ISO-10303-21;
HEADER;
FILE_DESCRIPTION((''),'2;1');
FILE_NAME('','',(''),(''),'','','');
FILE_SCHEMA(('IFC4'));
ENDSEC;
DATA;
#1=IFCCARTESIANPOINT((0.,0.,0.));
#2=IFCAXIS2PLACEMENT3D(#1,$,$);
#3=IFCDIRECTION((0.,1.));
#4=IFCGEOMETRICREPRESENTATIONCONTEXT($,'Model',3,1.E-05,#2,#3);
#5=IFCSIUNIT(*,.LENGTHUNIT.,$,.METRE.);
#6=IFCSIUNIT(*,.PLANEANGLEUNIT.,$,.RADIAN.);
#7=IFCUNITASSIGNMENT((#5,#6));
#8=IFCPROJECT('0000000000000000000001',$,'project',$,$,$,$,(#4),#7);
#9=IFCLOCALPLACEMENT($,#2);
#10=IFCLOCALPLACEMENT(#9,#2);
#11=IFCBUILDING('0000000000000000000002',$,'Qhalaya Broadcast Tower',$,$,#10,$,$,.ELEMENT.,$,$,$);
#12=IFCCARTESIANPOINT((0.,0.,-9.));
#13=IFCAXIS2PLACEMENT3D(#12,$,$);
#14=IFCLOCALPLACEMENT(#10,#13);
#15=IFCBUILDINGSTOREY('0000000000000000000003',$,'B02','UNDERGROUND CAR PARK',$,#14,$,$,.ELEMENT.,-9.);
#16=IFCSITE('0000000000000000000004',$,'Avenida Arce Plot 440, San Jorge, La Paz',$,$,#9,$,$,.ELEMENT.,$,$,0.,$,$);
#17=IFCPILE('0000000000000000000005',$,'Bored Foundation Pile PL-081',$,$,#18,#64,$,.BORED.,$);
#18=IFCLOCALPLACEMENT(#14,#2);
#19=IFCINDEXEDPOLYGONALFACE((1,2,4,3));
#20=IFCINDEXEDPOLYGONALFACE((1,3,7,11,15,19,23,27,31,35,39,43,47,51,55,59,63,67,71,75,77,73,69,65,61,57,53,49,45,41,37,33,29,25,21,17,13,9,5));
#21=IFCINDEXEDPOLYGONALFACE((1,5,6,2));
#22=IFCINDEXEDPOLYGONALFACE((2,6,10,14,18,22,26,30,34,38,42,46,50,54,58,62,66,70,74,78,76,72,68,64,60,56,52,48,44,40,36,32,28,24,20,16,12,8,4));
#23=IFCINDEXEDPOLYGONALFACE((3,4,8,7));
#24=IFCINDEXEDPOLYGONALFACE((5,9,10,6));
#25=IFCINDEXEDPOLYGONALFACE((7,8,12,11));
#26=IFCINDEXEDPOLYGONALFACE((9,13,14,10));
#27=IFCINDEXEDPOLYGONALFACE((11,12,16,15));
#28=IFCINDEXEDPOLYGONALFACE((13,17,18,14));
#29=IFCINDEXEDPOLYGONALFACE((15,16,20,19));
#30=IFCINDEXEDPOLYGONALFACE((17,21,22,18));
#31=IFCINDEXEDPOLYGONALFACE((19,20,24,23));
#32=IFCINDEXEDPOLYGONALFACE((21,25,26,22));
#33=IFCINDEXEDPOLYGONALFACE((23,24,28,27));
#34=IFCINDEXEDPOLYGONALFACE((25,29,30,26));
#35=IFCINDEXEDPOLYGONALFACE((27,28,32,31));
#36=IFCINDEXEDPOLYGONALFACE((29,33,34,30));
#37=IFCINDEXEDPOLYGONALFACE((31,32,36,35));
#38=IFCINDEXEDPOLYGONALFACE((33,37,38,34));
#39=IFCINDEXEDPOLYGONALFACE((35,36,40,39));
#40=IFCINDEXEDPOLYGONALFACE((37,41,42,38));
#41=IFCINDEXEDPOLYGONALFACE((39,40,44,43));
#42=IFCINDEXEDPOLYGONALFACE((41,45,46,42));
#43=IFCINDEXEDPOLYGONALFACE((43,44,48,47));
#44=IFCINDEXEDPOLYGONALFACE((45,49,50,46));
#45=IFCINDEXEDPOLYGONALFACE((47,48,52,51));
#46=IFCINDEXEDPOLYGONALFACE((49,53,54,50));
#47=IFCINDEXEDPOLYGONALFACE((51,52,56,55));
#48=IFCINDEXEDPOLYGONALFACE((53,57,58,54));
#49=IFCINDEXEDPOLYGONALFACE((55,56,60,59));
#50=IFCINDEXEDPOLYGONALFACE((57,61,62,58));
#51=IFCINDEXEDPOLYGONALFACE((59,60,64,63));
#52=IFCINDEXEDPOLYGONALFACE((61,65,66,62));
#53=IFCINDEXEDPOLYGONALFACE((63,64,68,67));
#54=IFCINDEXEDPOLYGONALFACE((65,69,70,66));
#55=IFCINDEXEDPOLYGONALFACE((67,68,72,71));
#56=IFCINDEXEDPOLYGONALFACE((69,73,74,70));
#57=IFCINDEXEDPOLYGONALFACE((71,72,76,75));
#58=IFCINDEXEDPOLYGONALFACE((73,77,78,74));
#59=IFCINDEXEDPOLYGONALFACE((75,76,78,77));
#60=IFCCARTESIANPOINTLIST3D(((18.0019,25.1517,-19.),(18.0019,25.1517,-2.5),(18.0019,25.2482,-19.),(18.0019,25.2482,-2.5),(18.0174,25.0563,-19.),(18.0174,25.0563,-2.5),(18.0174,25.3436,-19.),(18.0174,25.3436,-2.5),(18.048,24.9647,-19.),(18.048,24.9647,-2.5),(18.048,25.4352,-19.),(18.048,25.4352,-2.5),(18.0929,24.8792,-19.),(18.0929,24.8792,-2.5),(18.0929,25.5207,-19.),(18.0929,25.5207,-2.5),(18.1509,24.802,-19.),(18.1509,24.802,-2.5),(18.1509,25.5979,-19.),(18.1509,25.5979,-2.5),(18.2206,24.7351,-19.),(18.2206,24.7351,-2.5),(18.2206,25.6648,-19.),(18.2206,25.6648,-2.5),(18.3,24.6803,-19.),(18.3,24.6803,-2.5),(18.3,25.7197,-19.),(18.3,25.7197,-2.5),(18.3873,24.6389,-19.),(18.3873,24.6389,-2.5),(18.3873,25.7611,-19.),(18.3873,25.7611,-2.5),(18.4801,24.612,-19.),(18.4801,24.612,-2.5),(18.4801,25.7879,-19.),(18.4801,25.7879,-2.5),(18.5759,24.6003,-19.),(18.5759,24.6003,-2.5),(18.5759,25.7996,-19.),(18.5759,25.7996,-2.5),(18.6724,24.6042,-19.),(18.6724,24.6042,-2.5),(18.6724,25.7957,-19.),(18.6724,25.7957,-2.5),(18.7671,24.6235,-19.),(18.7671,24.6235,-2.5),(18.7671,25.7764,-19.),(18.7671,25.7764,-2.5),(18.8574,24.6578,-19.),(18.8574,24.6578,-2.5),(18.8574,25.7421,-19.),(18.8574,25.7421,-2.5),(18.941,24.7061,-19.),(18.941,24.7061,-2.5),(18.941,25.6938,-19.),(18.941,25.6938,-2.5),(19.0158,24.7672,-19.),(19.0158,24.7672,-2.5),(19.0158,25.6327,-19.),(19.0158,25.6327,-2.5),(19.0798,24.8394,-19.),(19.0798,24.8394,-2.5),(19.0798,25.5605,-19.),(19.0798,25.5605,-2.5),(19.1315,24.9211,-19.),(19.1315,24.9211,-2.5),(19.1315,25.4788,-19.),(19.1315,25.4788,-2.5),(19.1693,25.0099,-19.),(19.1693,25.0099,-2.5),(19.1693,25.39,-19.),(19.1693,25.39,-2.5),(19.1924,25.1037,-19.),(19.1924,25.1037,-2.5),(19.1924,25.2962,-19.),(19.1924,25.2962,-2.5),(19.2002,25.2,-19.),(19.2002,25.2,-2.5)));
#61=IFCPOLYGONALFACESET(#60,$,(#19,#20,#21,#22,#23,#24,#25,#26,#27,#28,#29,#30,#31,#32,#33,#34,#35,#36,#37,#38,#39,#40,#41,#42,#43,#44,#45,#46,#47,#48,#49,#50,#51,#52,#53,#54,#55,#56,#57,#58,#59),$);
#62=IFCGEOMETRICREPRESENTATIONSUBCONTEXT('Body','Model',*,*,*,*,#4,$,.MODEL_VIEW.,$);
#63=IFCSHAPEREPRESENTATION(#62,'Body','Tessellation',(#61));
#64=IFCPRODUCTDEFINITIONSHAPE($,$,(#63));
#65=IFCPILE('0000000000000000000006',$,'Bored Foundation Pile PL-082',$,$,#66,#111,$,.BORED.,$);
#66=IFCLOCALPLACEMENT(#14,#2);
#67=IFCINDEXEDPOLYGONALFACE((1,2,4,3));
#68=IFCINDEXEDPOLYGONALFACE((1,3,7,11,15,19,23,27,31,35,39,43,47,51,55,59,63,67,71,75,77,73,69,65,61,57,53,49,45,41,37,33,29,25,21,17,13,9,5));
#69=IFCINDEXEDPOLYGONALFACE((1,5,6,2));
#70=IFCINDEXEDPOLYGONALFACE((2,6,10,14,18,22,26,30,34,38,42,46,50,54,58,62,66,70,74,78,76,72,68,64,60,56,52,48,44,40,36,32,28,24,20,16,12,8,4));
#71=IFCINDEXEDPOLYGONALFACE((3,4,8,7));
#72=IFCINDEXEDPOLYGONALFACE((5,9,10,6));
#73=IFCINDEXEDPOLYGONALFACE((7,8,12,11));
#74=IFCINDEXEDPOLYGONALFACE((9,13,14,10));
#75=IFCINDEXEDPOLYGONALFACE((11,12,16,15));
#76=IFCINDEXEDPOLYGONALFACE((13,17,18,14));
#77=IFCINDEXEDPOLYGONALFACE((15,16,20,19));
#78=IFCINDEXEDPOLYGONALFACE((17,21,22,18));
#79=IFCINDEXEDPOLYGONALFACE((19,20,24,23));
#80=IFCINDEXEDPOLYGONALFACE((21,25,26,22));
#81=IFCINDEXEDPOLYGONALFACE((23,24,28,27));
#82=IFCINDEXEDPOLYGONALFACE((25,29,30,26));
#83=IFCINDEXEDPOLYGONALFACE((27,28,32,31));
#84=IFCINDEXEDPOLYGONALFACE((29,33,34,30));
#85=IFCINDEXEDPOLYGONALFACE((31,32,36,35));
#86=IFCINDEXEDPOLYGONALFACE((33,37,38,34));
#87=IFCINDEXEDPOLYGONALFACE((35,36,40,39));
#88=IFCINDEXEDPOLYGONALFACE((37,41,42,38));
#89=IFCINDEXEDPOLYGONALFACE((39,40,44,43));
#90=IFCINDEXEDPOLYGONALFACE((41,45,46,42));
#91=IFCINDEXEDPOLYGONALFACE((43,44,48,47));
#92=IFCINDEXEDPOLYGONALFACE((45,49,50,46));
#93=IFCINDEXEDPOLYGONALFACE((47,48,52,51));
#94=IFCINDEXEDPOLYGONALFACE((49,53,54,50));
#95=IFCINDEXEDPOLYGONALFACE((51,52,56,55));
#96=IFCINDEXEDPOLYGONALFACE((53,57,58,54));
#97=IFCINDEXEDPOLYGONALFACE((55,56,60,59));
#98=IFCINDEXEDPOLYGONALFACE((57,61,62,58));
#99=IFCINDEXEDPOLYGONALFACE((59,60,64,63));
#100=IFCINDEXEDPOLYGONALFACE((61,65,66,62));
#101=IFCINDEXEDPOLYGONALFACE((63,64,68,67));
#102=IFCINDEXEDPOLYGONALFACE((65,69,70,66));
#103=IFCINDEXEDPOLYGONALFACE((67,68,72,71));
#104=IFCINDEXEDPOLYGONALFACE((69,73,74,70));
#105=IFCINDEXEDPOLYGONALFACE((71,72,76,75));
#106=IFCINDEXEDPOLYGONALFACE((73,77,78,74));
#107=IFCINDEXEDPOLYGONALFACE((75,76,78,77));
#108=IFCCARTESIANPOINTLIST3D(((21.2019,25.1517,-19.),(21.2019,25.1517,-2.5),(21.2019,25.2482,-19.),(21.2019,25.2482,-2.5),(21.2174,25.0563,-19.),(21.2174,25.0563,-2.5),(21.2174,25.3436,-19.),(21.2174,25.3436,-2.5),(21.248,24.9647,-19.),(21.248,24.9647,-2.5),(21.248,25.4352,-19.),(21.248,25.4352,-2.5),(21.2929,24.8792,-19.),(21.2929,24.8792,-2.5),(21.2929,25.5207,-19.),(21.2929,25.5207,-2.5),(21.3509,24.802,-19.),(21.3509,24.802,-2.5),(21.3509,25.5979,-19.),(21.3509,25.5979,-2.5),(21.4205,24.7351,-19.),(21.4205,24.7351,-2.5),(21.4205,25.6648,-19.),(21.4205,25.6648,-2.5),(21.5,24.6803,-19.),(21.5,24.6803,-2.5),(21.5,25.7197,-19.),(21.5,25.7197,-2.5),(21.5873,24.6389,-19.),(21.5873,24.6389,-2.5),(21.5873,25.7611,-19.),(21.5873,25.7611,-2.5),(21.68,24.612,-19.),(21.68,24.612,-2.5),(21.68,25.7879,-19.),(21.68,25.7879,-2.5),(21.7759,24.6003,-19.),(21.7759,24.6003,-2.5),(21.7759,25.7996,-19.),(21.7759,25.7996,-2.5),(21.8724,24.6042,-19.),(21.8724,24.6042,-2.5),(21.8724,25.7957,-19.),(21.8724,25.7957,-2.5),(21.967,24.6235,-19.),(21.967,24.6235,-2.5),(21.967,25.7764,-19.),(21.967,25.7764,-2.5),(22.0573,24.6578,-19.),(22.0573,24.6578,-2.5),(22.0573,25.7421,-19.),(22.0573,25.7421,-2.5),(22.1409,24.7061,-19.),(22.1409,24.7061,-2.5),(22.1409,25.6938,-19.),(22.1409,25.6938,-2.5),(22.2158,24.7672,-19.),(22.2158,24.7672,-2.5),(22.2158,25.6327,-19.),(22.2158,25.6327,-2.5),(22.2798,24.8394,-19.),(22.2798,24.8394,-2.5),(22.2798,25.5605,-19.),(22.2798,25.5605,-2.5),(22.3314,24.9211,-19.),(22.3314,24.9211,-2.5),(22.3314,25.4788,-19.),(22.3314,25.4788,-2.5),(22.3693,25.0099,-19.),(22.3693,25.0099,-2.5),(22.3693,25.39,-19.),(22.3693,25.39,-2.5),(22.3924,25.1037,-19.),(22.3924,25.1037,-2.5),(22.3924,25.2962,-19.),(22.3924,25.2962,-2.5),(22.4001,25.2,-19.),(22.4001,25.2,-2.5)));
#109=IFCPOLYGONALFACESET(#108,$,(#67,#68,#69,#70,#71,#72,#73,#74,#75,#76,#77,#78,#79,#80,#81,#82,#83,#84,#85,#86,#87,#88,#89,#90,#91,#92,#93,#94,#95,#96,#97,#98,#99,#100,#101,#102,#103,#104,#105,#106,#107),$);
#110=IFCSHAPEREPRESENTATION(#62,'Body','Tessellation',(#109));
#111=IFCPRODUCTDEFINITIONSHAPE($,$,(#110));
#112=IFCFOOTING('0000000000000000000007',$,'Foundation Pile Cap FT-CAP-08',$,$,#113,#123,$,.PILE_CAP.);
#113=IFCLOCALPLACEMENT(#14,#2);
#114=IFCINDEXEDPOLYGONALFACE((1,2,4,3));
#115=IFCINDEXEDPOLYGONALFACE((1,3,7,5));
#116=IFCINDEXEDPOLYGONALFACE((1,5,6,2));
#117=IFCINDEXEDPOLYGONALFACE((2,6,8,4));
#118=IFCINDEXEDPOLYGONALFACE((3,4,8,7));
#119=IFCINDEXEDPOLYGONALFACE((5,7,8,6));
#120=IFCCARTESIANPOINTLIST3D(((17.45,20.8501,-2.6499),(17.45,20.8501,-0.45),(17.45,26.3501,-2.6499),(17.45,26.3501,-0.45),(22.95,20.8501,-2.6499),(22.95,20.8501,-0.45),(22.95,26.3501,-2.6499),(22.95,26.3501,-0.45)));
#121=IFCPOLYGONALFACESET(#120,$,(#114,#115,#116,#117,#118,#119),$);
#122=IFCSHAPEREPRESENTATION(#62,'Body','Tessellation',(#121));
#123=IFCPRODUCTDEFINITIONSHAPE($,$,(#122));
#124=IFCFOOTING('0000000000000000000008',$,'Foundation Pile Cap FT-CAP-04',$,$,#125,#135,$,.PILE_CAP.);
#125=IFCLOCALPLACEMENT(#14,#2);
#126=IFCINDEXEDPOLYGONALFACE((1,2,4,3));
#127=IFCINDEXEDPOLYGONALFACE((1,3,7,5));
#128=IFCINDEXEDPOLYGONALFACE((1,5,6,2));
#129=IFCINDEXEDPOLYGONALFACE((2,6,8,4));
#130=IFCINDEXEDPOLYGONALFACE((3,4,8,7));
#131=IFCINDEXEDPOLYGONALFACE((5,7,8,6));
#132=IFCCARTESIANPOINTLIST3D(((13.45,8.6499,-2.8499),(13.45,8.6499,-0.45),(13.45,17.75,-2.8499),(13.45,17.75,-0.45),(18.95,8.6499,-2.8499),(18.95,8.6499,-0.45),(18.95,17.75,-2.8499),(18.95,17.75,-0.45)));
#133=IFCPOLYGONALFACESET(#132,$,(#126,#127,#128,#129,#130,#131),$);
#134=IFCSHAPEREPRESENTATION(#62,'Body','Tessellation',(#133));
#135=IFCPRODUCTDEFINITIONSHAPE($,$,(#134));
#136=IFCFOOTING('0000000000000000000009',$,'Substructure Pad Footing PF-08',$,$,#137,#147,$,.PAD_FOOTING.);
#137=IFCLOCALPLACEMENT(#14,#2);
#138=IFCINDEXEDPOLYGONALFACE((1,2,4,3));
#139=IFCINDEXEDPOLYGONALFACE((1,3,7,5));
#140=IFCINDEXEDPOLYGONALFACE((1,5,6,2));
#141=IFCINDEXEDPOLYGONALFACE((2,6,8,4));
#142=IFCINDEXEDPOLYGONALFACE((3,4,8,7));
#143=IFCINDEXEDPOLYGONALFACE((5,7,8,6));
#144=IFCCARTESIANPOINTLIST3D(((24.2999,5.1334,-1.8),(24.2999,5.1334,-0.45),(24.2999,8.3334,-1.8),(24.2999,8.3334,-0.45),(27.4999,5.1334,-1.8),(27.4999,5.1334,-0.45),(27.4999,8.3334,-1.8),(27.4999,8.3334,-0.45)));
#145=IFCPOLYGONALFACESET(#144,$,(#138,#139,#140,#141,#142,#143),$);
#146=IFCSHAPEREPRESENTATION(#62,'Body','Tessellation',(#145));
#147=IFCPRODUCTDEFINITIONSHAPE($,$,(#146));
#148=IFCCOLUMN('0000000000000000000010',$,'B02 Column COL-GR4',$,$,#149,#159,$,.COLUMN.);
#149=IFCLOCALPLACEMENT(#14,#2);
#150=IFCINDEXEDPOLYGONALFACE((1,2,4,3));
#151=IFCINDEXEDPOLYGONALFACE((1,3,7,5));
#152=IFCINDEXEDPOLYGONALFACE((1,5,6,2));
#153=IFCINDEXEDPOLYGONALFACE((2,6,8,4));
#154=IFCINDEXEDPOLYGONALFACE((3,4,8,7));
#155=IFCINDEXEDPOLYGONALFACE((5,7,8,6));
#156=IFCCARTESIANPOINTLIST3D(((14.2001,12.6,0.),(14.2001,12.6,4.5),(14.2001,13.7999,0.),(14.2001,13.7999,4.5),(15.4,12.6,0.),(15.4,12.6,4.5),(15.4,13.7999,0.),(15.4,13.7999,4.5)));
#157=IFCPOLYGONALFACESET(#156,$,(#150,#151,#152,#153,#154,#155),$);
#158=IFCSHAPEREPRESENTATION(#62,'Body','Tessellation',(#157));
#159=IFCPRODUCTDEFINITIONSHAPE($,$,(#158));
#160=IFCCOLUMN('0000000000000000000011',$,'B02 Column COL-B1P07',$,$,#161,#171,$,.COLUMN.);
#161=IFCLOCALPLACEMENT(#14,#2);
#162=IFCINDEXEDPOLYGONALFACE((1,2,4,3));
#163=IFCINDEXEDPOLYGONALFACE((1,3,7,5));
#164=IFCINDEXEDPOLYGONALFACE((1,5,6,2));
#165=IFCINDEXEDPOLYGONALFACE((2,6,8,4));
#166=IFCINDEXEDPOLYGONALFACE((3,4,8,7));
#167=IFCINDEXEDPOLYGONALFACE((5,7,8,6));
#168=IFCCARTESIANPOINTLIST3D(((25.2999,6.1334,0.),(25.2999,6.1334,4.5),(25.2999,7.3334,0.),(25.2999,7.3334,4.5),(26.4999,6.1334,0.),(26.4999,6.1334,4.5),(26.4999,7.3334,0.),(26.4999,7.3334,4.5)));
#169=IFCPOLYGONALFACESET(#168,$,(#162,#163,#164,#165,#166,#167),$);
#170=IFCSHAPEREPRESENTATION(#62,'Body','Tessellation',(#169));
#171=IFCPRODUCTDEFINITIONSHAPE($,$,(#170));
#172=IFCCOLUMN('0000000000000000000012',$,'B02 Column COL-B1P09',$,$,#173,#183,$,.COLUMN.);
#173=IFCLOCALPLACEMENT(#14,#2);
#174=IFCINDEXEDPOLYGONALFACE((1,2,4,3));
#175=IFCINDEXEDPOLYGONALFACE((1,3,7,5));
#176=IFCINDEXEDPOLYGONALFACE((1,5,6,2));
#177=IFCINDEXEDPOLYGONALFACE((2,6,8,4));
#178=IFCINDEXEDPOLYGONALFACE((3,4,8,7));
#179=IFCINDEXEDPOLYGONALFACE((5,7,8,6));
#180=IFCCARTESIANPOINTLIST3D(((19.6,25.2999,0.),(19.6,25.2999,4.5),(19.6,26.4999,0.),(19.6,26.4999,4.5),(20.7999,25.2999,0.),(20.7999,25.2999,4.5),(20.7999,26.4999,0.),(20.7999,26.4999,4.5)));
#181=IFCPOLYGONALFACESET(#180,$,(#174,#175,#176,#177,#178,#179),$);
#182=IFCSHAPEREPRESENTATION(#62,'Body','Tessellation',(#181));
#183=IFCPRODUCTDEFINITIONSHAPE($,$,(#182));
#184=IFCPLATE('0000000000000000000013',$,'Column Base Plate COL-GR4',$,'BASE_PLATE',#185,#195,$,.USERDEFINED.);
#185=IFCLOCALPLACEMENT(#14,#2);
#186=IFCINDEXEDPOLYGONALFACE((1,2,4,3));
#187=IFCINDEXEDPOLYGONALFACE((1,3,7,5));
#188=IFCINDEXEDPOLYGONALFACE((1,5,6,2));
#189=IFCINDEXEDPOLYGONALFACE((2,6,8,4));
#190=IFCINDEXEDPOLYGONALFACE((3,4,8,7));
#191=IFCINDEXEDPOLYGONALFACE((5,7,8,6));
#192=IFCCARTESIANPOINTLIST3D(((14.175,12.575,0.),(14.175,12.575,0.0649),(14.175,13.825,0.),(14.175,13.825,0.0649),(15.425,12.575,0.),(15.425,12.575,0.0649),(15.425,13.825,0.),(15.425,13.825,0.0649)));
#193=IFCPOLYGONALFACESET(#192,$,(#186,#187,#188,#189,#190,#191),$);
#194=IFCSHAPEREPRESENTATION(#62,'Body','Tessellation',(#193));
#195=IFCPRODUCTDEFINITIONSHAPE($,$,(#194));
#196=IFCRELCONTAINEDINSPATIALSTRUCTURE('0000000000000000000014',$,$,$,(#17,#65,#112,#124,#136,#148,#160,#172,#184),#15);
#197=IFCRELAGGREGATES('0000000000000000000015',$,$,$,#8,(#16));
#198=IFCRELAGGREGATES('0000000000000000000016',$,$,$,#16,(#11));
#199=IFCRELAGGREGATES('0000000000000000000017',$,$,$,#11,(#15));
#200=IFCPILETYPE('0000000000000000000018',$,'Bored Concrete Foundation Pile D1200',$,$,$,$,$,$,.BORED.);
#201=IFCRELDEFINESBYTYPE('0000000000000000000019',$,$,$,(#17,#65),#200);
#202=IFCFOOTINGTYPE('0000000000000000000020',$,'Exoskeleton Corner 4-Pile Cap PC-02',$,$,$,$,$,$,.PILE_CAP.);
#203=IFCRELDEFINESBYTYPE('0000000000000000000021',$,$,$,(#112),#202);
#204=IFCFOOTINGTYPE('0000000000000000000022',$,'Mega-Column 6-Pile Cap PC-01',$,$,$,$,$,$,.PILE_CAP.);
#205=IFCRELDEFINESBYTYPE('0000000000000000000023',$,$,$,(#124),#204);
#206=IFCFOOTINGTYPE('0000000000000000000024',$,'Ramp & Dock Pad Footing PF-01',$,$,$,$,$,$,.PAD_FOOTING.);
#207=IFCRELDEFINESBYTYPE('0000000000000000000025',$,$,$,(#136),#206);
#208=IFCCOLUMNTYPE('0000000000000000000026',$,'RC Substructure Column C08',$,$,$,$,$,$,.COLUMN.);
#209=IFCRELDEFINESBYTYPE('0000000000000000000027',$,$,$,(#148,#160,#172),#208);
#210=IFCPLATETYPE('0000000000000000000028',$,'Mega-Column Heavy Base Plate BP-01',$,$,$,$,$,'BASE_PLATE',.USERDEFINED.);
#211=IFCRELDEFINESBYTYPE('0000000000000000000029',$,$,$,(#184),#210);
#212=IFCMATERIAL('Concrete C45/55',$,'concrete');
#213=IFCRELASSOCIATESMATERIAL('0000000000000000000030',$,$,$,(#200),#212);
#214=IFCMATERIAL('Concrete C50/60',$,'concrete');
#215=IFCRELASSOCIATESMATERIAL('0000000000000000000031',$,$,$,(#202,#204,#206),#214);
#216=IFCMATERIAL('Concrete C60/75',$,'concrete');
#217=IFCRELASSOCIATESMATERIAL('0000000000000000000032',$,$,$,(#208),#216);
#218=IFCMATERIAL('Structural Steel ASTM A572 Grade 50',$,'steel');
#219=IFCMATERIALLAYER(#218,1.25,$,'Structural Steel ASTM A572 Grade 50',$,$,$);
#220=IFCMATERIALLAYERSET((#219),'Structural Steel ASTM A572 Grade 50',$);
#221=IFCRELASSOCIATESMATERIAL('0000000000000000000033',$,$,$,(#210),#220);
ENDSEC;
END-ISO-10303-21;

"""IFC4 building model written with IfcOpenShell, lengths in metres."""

from ifc_helpers import new_model, si_unit, direction, frame, origin, origin_2d, place, context, subcontext, project, spatial, rectangle, circle, extrude, material, layer, layer_set, material_profile, profile_set, type_object, element, save


model = new_model("IFC4")

# Units and contexts
model_context = context("Model", 3, precision=1e-05, world=origin(), true_north=direction((0.0, 1.0)))
body_context = subcontext(model_context, "Body", "Model", "MODEL_VIEW")
ifc_project = project(units=[si_unit("LENGTHUNIT", "METRE"), si_unit("PLANEANGLEUNIT", "RADIAN")], contexts=[model_context])

# Site, building, storey
site_placement = place(None, origin())
site = spatial("IfcSite", under=ifc_project, at=site_placement, Name="Avenida Arce Plot 440, San Jorge, La Paz", CompositionType="ELEMENT", RefElevation=0.0)
building_placement = place(site_placement, origin())
building = spatial("IfcBuilding", under=site, at=building_placement, Name="Qhalaya Broadcast Tower", CompositionType="ELEMENT")
storey_placement = place(building_placement, frame((0.0, 0.0, -9.0)))
storey = spatial("IfcBuildingStorey", under=building, at=storey_placement, Name="B02", Description="UNDERGROUND CAR PARK", CompositionType="ELEMENT", Elevation=-9.0)

# Piles
ifc_material_1 = material(Name="Concrete C45/55", Category="concrete")
ifc_material_profile_1 = material_profile(ifc_material_1, circle(Radius=0.6001, at=origin_2d()), Name="PILE D1200")
ifc_profile_set_1 = profile_set([ifc_material_profile_1], Name="Concrete C45/55")
pile_type = type_object("IfcPileType", Name="Bored Concrete Foundation Pile D1200", PredefinedType="BORED", material=ifc_profile_set_1)
for number, where, z_axis, x_axis, name in (
    (1, (18.6001, 25.2, -2.5), (0.0, 0.0, -1.0), (1.0, 0.0, 0.0), "Bored Foundation Pile PL-081"),
    (2, (21.8, 25.2, -2.5), (0.0, 0.0, -1.0), (1.0, 0.0, 0.0), "Bored Foundation Pile PL-082"),
):
    element("IfcPile", number, at=place(storey_placement, frame(where, z_axis=z_axis, x_axis=x_axis)), inside=storey, type_object=pile_type, Name=name, PredefinedType="BORED", context=body_context, shape_type="SweptSolid", body=[
        extrude(circle(Radius=0.6001, at=origin_2d()), origin(), (0.0, 0.0, 1.0), 16.5),
    ])

# Footings
ifc_material_2 = material(Name="Concrete C50/60", Category="concrete")
footing_type_1 = type_object("IfcFootingType", Name="Exoskeleton Corner 4-Pile Cap PC-02", PredefinedType="PILE_CAP", material=ifc_material_2)
footing_1_placement = place(storey_placement, frame((20.2, 23.6001, -2.6499), z_axis=(0.0, 0.0, 1.0), x_axis=(1.0, 0.0, 0.0)))
element("IfcFooting", 3, at=footing_1_placement, inside=storey, type_object=footing_type_1, Name="Foundation Pile Cap FT-CAP-08", PredefinedType="PILE_CAP", context=body_context, shape_type="SweptSolid", body=[
    extrude(rectangle(XDim=5.5, YDim=5.5, at=origin_2d()), origin(), (0.0, 0.0, 1.0), 2.2),
])
footing_type_2 = type_object("IfcFootingType", Name="Mega-Column 6-Pile Cap PC-01", PredefinedType="PILE_CAP", material=ifc_material_2)
footing_2_placement = place(storey_placement, frame((16.2, 13.2, -2.8499), z_axis=(0.0, 0.0, 1.0), x_axis=(1.0, 0.0, 0.0)))
element("IfcFooting", 4, at=footing_2_placement, inside=storey, type_object=footing_type_2, Name="Foundation Pile Cap FT-CAP-04", PredefinedType="PILE_CAP", context=body_context, shape_type="SweptSolid", body=[
    extrude(rectangle(XDim=5.5, YDim=9.1001, at=origin_2d()), origin(), (0.0, 0.0, 1.0), 2.3999),
])
footing_type_3 = type_object("IfcFootingType", Name="Ramp & Dock Pad Footing PF-01", PredefinedType="PAD_FOOTING", material=ifc_material_2)
footing_3_placement = place(storey_placement, frame((25.8999, 6.7334, -1.8), z_axis=(0.0, 0.0, 1.0), x_axis=(1.0, 0.0, 0.0)))
element("IfcFooting", 5, at=footing_3_placement, inside=storey, type_object=footing_type_3, Name="Substructure Pad Footing PF-08", PredefinedType="PAD_FOOTING", context=body_context, shape_type="SweptSolid", body=[
    extrude(rectangle(XDim=3.2, YDim=3.2, at=origin_2d()), origin(), (0.0, 0.0, 1.0), 1.3501),
])

# Columns
ifc_material_3 = material(Name="Concrete C60/75", Category="concrete")
ifc_material_profile_2 = material_profile(ifc_material_3, rectangle(XDim=1.2, YDim=1.2, at=origin_2d()), Name="RC-COL 1200x1200")
ifc_profile_set_2 = profile_set([ifc_material_profile_2], Name="Concrete C60/75")
column_type = type_object("IfcColumnType", Name="RC Substructure Column C08", PredefinedType="COLUMN", material=ifc_profile_set_2)
for number, where, z_axis, x_axis, name in (
    (6, (14.8, 13.2, 0.0), (0.0, 0.0, 1.0), (1.0, 0.0, 0.0), "B02 Column COL-GR4"),
    (7, (25.8999, 6.7334, 0.0), (0.0, 0.0, 1.0), (0.0, 1.0, 0.0), "B02 Column COL-B1P07"),
    (8, (20.2, 25.8999, 0.0), (0.0, 0.0, 1.0), (1.0, 0.0, 0.0), "B02 Column COL-B1P09"),
):
    element("IfcColumn", number, at=place(storey_placement, frame(where, z_axis=z_axis, x_axis=x_axis)), inside=storey, type_object=column_type, Name=name, PredefinedType="COLUMN", context=body_context, shape_type="SweptSolid", body=[
        extrude(rectangle(XDim=1.2, YDim=1.2, at=origin_2d()), origin(), (0.0, 0.0, 1.0), 4.5),
    ])

# Plate
ifc_material_4 = material(Name="Structural Steel ASTM A572 Grade 50", Category="steel")
ifc_layer = layer(ifc_material_4, 1.25, Name="Structural Steel ASTM A572 Grade 50")
ifc_layer_set = layer_set([ifc_layer], Name="Structural Steel ASTM A572 Grade 50")
plate_type = type_object("IfcPlateType", Name="Mega-Column Heavy Base Plate BP-01", ElementType="BASE_PLATE", PredefinedType="USERDEFINED", material=ifc_layer_set)
for number, where, z_axis, x_axis, name in (
    (9, (14.8, 13.2, 0.0), (0.0, 0.0, 1.0), (1.0, 0.0, 0.0), "Column Base Plate COL-GR4"),
):
    element("IfcPlate", number, at=place(storey_placement, frame(where, z_axis=z_axis, x_axis=x_axis)), inside=storey, type_object=plate_type, Name=name, ObjectType="BASE_PLATE", PredefinedType="USERDEFINED", context=body_context, shape_type="SweptSolid", body=[
        extrude(rectangle(XDim=1.25, YDim=1.25, at=origin_2d()), origin(), (0.0, 0.0, 1.0), 0.0649),
    ])

save(model, "model.ifc")
